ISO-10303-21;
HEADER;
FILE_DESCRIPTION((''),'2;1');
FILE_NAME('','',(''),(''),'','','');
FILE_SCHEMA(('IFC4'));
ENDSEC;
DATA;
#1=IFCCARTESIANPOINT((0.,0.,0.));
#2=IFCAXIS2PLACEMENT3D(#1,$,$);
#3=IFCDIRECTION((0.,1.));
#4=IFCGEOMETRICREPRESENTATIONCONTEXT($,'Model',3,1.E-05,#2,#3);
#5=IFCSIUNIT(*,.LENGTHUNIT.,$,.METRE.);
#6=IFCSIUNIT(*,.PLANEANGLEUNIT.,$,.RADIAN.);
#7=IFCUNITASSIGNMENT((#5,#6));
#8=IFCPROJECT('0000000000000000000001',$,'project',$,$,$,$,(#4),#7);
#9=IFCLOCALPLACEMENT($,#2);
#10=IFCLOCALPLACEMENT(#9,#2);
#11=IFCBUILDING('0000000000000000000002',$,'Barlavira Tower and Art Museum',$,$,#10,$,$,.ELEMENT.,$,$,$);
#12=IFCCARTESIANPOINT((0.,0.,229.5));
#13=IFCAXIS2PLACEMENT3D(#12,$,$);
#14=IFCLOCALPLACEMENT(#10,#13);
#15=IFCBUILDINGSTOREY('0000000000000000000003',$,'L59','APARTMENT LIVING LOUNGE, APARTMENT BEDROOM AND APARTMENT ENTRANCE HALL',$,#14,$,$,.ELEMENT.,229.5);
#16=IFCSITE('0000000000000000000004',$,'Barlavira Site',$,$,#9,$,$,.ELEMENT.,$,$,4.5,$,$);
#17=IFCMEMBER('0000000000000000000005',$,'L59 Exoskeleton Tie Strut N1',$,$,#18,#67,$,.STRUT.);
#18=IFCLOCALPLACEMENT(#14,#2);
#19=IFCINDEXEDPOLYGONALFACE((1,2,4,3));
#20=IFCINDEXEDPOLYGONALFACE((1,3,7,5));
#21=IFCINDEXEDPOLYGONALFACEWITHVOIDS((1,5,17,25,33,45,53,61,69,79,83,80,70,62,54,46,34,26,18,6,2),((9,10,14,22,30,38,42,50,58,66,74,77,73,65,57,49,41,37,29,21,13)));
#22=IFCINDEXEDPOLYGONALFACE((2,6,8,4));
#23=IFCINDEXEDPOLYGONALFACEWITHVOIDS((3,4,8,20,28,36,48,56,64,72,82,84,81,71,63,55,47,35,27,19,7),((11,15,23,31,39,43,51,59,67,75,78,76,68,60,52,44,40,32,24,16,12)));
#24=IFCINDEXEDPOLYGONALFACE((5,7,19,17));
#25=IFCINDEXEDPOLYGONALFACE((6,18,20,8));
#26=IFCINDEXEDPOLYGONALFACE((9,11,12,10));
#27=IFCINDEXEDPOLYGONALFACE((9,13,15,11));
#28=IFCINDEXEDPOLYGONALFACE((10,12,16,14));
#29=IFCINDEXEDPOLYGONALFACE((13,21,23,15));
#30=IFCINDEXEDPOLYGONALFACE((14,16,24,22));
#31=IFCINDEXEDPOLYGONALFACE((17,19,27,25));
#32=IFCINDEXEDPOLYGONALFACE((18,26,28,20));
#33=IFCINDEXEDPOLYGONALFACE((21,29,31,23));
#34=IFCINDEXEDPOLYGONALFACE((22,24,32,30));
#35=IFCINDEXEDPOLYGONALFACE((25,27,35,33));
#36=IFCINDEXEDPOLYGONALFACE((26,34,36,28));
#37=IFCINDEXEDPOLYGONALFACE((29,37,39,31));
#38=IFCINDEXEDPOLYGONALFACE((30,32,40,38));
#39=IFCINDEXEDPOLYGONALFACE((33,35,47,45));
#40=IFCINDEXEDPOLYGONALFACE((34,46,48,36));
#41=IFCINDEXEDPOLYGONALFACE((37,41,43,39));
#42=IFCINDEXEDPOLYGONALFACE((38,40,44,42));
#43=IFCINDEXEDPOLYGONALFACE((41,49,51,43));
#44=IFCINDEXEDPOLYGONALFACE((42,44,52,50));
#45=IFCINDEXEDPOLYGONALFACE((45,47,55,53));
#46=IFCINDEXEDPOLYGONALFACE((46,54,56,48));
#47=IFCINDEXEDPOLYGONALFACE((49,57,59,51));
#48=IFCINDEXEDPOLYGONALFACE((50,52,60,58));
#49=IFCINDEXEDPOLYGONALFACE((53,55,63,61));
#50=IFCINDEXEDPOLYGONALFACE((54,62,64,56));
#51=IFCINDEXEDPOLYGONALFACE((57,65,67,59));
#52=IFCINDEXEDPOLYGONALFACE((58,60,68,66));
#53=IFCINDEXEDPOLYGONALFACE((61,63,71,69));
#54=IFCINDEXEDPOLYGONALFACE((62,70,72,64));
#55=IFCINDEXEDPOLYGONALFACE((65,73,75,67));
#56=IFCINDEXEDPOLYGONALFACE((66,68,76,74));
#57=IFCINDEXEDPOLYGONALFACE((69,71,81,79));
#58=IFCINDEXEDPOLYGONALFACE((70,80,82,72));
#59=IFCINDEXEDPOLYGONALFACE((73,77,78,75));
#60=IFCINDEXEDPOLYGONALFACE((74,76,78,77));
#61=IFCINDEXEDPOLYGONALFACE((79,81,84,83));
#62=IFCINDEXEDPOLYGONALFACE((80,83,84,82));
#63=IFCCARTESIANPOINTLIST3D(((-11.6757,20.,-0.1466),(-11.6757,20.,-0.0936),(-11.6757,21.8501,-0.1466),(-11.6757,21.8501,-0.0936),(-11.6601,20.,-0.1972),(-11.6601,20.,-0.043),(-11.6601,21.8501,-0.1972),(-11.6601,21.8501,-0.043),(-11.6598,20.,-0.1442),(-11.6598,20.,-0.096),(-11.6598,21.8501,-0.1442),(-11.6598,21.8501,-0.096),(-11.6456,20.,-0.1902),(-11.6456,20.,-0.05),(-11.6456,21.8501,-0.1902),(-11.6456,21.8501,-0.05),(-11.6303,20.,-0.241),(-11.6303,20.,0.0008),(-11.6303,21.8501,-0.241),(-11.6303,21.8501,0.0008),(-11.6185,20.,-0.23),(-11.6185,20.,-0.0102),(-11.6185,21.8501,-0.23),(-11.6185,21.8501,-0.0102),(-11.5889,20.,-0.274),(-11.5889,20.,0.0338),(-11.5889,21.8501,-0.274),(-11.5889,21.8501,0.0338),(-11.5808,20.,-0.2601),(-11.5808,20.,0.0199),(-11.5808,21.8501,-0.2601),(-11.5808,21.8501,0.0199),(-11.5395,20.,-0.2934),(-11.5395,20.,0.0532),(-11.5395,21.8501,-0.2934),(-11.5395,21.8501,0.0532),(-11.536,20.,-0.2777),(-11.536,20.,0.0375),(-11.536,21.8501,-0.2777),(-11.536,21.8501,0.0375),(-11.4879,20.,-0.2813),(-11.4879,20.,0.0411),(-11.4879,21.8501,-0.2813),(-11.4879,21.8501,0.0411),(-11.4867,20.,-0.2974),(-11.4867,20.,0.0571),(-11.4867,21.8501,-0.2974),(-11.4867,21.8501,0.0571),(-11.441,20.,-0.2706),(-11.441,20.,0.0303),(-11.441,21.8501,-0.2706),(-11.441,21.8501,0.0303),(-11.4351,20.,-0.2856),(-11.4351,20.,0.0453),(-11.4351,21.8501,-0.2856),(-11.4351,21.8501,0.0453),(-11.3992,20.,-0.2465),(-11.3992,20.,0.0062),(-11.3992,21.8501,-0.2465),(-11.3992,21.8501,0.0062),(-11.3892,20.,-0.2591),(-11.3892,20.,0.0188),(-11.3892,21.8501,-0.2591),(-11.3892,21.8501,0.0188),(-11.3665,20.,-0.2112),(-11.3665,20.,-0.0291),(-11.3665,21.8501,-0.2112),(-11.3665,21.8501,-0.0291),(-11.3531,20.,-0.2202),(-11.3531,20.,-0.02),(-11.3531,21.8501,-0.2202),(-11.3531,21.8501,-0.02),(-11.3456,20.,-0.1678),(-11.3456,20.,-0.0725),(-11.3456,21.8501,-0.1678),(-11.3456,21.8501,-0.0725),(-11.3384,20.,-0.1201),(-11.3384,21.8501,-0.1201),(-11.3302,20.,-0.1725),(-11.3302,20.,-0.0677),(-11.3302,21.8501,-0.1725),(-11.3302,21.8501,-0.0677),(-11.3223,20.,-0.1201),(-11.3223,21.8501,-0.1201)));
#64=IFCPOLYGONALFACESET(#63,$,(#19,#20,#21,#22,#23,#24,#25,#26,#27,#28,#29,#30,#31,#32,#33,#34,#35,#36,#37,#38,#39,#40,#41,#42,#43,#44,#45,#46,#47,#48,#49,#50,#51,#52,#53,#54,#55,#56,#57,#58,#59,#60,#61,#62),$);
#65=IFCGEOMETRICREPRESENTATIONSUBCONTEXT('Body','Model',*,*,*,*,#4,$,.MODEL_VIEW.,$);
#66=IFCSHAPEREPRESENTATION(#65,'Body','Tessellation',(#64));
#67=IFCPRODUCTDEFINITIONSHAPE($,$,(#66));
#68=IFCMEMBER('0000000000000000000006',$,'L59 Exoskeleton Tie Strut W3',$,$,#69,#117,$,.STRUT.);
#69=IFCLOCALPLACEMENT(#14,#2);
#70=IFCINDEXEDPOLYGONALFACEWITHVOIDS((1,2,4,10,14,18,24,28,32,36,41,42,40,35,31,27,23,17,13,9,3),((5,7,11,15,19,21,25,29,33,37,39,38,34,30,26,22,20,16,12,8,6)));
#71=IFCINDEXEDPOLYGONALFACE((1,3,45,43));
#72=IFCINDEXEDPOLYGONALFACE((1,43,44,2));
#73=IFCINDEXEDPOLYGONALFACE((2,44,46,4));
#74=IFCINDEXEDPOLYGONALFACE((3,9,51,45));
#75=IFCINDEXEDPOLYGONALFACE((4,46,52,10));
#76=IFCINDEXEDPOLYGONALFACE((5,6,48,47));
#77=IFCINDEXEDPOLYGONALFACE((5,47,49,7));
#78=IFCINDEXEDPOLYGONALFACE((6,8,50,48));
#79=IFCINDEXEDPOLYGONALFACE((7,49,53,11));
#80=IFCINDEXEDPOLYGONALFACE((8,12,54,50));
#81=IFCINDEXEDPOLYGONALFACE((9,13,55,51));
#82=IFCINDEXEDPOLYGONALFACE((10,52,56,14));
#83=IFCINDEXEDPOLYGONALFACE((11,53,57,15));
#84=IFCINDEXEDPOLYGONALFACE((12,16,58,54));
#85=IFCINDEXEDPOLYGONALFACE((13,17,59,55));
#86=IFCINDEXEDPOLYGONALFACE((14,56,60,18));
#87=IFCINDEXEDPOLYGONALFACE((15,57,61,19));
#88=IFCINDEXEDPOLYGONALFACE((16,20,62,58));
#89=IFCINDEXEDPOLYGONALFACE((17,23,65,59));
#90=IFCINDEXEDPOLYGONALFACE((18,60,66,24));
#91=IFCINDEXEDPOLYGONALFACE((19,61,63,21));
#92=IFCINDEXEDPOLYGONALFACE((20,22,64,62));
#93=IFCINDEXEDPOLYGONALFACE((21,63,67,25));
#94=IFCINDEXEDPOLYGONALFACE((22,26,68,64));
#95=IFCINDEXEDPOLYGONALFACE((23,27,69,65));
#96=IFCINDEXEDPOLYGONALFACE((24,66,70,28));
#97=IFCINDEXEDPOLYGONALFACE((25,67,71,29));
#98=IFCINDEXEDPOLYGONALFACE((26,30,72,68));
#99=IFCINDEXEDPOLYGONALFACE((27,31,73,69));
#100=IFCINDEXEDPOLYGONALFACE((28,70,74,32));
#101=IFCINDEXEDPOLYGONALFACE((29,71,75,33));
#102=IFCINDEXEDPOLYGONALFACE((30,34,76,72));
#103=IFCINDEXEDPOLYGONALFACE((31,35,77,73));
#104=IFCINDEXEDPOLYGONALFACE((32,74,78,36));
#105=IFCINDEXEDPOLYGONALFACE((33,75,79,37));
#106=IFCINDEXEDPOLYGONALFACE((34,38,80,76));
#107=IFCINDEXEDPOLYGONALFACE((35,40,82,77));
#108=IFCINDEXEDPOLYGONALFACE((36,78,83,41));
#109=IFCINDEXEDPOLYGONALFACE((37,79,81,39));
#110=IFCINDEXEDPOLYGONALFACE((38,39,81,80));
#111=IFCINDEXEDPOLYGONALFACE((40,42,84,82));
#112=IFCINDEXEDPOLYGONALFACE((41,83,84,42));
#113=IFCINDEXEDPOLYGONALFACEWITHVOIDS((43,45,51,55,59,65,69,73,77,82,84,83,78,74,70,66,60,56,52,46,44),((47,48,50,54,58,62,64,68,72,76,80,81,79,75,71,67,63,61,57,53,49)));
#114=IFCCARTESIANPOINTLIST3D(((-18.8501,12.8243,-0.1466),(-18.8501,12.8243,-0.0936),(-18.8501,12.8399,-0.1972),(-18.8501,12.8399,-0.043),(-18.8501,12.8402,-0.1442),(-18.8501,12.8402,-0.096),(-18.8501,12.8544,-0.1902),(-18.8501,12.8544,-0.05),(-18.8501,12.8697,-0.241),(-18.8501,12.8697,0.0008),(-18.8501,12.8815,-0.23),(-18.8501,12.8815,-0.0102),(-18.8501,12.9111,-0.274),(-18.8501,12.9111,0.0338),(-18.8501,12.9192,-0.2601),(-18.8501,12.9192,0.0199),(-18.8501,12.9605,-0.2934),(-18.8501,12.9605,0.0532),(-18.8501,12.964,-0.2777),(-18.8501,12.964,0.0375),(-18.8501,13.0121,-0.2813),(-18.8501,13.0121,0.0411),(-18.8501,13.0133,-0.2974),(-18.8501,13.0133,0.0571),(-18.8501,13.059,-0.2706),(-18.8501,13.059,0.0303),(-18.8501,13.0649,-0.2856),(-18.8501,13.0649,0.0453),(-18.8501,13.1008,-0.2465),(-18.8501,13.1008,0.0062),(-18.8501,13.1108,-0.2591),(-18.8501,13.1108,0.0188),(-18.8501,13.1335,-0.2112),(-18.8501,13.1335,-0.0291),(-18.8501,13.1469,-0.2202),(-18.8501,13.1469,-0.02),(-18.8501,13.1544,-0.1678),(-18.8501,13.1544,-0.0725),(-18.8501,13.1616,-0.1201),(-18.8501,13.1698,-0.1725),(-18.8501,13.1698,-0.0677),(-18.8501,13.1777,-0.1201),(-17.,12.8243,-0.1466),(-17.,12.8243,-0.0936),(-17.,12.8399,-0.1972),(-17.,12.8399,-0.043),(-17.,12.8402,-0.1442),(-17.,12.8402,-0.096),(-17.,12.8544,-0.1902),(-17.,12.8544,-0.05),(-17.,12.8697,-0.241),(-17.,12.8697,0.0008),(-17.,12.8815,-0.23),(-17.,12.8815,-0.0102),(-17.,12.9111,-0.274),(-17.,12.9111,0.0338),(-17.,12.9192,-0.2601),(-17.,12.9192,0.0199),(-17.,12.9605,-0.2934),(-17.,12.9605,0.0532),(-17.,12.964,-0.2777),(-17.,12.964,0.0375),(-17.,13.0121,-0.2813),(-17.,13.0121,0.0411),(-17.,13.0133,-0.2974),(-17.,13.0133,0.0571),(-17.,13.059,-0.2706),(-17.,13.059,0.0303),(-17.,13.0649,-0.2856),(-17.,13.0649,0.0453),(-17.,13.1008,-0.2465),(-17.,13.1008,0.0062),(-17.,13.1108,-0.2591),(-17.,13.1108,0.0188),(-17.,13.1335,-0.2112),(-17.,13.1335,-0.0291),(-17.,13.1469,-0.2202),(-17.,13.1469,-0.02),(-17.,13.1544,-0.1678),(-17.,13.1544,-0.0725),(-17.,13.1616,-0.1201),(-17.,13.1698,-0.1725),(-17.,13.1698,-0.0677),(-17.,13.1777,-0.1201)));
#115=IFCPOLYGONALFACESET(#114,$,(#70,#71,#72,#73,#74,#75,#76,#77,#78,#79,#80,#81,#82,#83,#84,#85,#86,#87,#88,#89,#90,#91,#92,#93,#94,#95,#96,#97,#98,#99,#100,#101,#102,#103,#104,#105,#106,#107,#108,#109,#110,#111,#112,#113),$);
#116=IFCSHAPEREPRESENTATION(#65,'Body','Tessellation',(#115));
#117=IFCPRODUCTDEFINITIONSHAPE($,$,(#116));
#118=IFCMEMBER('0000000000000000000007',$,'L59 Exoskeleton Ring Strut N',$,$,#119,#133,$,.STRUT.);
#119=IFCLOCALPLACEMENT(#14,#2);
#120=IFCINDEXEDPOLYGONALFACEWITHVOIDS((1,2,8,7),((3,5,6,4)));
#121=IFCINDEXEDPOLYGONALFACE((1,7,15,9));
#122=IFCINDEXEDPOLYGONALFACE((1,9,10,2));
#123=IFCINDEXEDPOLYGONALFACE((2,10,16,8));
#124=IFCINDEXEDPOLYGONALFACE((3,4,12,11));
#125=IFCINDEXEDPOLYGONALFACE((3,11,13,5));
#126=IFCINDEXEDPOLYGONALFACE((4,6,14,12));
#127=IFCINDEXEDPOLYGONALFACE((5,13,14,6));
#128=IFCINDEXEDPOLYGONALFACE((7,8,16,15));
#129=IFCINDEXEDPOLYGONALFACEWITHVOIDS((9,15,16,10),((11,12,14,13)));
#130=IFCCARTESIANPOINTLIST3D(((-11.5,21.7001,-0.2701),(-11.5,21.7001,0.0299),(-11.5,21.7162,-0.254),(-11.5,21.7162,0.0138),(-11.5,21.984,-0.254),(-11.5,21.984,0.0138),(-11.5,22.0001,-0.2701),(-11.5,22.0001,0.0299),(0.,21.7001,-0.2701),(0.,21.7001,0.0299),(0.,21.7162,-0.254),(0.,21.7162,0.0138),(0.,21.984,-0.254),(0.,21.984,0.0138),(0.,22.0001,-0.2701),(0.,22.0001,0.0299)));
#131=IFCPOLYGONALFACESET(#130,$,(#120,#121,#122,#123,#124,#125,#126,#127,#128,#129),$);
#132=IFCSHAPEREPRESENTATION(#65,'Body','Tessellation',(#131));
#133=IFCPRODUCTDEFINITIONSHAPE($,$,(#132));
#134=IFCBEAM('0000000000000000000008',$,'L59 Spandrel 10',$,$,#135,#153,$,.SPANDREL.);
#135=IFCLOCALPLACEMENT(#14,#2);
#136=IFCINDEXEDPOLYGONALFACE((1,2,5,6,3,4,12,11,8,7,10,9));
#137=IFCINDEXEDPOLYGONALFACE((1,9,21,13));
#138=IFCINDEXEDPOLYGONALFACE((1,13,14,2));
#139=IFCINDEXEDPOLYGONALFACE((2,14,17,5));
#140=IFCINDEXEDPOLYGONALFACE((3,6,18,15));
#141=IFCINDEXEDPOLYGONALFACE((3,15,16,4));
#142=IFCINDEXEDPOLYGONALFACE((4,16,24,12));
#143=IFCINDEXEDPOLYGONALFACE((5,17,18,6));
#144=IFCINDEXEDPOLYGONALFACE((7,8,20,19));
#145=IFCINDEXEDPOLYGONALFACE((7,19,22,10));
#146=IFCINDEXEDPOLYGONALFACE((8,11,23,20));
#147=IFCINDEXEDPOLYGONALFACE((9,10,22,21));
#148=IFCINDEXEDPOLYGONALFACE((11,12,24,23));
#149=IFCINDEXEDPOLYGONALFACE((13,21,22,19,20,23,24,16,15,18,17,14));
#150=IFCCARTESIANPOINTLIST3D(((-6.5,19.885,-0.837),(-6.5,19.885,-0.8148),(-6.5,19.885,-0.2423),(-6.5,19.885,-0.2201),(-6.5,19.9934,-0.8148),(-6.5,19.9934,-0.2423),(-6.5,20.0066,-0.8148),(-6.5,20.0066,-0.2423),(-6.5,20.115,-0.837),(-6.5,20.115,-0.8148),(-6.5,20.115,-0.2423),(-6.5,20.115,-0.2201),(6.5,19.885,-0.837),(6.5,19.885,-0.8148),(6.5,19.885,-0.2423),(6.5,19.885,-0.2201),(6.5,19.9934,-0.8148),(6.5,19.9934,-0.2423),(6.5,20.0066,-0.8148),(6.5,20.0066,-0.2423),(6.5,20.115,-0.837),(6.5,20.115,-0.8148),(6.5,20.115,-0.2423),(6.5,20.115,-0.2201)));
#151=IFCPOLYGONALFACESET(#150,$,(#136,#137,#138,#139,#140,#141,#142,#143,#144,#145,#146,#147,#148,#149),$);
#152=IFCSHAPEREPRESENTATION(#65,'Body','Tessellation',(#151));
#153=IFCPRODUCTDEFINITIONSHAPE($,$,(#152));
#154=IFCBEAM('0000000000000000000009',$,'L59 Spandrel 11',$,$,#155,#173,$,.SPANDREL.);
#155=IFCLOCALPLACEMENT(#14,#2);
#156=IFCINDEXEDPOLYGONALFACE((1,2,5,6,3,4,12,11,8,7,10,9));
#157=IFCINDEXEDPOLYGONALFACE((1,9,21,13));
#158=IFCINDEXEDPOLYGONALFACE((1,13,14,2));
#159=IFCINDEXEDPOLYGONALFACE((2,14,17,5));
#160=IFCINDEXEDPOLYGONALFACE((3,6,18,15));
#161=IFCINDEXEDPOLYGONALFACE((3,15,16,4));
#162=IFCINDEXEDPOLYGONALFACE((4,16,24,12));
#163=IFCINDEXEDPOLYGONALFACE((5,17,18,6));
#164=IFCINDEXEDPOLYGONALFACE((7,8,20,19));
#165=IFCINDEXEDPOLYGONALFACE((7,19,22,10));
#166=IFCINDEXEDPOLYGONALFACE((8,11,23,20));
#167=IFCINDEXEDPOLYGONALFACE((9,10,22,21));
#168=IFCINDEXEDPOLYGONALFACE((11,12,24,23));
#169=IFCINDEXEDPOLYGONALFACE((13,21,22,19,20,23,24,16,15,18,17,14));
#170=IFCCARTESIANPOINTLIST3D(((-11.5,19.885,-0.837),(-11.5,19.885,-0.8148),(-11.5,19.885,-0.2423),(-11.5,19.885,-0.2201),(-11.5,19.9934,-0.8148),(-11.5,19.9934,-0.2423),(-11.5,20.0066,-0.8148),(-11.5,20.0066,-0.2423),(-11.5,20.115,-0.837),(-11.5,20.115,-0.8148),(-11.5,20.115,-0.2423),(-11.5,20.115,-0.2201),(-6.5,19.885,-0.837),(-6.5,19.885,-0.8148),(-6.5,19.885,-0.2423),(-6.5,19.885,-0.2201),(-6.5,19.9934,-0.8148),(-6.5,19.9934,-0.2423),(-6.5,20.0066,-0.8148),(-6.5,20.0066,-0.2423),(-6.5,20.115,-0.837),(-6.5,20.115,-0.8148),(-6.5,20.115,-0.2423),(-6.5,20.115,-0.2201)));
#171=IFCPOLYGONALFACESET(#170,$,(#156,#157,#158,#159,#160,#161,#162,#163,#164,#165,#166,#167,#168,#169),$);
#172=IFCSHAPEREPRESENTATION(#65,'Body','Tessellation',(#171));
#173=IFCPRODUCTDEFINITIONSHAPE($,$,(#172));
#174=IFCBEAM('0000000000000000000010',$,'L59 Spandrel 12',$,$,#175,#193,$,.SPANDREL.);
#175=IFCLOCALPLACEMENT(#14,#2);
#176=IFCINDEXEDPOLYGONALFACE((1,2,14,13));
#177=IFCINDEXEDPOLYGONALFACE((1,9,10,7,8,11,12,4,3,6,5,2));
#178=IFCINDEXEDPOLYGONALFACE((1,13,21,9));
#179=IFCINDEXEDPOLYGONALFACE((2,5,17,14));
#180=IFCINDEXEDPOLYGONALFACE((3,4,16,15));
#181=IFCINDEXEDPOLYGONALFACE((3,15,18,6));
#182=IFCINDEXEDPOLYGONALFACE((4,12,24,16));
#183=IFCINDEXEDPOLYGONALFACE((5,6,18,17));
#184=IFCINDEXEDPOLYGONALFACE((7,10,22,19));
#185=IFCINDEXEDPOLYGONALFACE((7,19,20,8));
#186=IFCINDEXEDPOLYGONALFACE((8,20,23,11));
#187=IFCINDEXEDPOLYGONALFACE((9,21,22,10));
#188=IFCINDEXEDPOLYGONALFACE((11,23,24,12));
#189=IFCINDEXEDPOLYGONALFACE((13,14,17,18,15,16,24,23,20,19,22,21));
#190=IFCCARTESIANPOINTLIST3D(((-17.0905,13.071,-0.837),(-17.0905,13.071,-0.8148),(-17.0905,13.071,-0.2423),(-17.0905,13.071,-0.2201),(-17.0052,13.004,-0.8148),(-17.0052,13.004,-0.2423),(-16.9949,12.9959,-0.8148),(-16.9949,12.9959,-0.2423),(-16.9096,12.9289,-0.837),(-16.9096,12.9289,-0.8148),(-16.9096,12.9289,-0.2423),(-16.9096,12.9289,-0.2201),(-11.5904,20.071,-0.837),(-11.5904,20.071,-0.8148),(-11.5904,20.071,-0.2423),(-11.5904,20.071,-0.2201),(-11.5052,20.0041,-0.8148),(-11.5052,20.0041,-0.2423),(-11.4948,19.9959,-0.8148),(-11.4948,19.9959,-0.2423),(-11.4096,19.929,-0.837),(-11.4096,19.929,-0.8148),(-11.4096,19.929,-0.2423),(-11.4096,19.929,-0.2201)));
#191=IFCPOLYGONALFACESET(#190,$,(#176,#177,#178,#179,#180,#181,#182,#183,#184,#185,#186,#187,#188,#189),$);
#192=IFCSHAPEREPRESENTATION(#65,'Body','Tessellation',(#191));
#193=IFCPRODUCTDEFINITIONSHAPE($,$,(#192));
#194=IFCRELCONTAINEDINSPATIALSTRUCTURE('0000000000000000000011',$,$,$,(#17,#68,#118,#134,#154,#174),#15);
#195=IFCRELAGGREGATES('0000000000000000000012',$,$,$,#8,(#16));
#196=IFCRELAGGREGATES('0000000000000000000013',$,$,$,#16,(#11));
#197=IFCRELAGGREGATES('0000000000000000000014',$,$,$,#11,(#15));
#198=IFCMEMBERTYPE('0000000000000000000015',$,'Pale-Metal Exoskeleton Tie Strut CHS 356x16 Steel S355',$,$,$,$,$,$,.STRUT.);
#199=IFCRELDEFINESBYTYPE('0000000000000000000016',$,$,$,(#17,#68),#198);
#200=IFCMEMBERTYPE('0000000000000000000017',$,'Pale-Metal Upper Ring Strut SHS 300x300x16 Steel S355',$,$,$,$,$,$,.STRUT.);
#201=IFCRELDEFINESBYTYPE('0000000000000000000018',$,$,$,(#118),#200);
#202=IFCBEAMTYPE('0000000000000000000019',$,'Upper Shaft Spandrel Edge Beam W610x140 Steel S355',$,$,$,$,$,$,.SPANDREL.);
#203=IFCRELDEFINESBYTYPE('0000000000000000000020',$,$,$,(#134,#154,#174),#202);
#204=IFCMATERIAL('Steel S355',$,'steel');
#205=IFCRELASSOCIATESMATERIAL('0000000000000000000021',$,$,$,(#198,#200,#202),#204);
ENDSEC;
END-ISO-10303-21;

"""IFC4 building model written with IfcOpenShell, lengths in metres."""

from ifc_helpers import new_model, si_unit, direction, frame, origin, origin_2d, place, context, subcontext, project, spatial, hollow_rectangle, hollow_circle, i_section, extrude, material, material_profile, profile_set, type_object, element, save


model = new_model("IFC4")

# Units and contexts
model_context = context("Model", 3, precision=1e-05, world=origin(), true_north=direction((0.0, 1.0)))
body_context = subcontext(model_context, "Body", "Model", "MODEL_VIEW")
ifc_project = project(units=[si_unit("LENGTHUNIT", "METRE"), si_unit("PLANEANGLEUNIT", "RADIAN")], contexts=[model_context])

# Site, building, storey
site_placement = place(None, origin())
site = spatial("IfcSite", under=ifc_project, at=site_placement, Name="Barlavira Site", CompositionType="ELEMENT", RefElevation=4.5)
building_placement = place(site_placement, origin())
building = spatial("IfcBuilding", under=site, at=building_placement, Name="Barlavira Tower and Art Museum", CompositionType="ELEMENT")
storey_placement = place(building_placement, frame((0.0, 0.0, 229.5)))
storey = spatial("IfcBuildingStorey", under=building, at=storey_placement, Name="L59", Description="APARTMENT LIVING LOUNGE, APARTMENT BEDROOM AND APARTMENT ENTRANCE HALL", CompositionType="ELEMENT", Elevation=229.5)

# Members
ifc_material_1 = material(Name="Steel S355", Category="steel")
ifc_material_profile_1 = material_profile(ifc_material_1, hollow_circle(Radius=0.1777, WallThickness=0.0161, at=origin_2d()), Name="CHS 355.6x16.0")
ifc_profile_set_1 = profile_set([ifc_material_profile_1], Name="Steel S355")
member_type_1 = type_object("IfcMemberType", Name="Pale-Metal Exoskeleton Tie Strut CHS 356x16 Steel S355", PredefinedType="STRUT", material=ifc_profile_set_1)
for number, where, z_axis, x_axis, name in (
    (1, (-11.5, 21.8501, -0.1201), (0.0, -1.0, 0.0), (1.0, 0.0, 0.0), "L59 Exoskeleton Tie Strut N1"),
    (2, (-18.8501, 13.0, -0.1201), (1.0, 0.0, 0.0), (0.0, 1.0, 0.0), "L59 Exoskeleton Tie Strut W3"),
):
    element("IfcMember", number, at=place(storey_placement, frame(where, z_axis=z_axis, x_axis=x_axis)), inside=storey, type_object=member_type_1, Name=name, PredefinedType="STRUT", context=body_context, shape_type="SweptSolid", body=[
        extrude(hollow_circle(Radius=0.1777, WallThickness=0.0161, at=origin_2d()), origin(), (0.0, 0.0, 1.0), 1.8501),
    ])
ifc_material_profile_2 = material_profile(ifc_material_1, hollow_rectangle(XDim=0.3, YDim=0.3, WallThickness=0.0161, at=origin_2d()), Name="SHS 300x300x16.0")
ifc_profile_set_2 = profile_set([ifc_material_profile_2], Name="Steel S355")
member_type_2 = type_object("IfcMemberType", Name="Pale-Metal Upper Ring Strut SHS 300x300x16 Steel S355", PredefinedType="STRUT", material=ifc_profile_set_2)
member_1_placement = place(storey_placement, frame((-11.5, 21.8501, -0.1201), z_axis=(1.0, 0.0, 0.0), x_axis=(0.0, 1.0, 0.0)))
element("IfcMember", 3, at=member_1_placement, inside=storey, type_object=member_type_2, Name="L59 Exoskeleton Ring Strut N", PredefinedType="STRUT", context=body_context, shape_type="SweptSolid", body=[
    extrude(hollow_rectangle(XDim=0.3, YDim=0.3, WallThickness=0.0161, at=origin_2d()), origin(), (0.0, 0.0, 1.0), 11.5),
])

# Beams
ifc_material_profile_3 = material_profile(ifc_material_1, i_section(OverallWidth=0.23, OverallDepth=0.6169, WebThickness=0.0132, FlangeThickness=0.0222, at=origin_2d()), Name="W610x140.0")
ifc_profile_set_3 = profile_set([ifc_material_profile_3], Name="Steel S355")
beam_type_1 = type_object("IfcBeamType", Name="Upper Shaft Spandrel Edge Beam W610x140 Steel S355", PredefinedType="SPANDREL", material=ifc_profile_set_3)
beam_1_placement = place(storey_placement, frame((-6.5, 20.0, -0.5286), z_axis=(1.0, 0.0, 0.0), x_axis=(0.0, 1.0, 0.0)))
element("IfcBeam", 4, at=beam_1_placement, inside=storey, type_object=beam_type_1, Name="L59 Spandrel 10", PredefinedType="SPANDREL", context=body_context, shape_type="SweptSolid", body=[
    extrude(i_section(OverallWidth=0.23, OverallDepth=0.6169, WebThickness=0.0132, FlangeThickness=0.0222, at=origin_2d()), origin(), (0.0, 0.0, 1.0), 13.0),
])
beam_2_placement = place(storey_placement, frame((-11.5, 20.0, -0.5286), z_axis=(1.0, 0.0, 0.0), x_axis=(0.0, 1.0, 0.0)))
element("IfcBeam", 5, at=beam_2_placement, inside=storey, type_object=beam_type_1, Name="L59 Spandrel 11", PredefinedType="SPANDREL", context=body_context, shape_type="SweptSolid", body=[
    extrude(i_section(OverallWidth=0.23, OverallDepth=0.6169, WebThickness=0.0132, FlangeThickness=0.0222, at=origin_2d()), origin(), (0.0, 0.0, 1.0), 5.0),
])
beam_3_placement = place(storey_placement, frame((-11.5, 20.0, -0.5286), z_axis=(-0.617822, -0.786318, 0.0), x_axis=(0.786318, -0.617822, 0.0)))
element("IfcBeam", 6, at=beam_3_placement, inside=storey, type_object=beam_type_1, Name="L59 Spandrel 12", PredefinedType="SPANDREL", context=body_context, shape_type="SweptSolid", body=[
    extrude(i_section(OverallWidth=0.23, OverallDepth=0.6169, WebThickness=0.0132, FlangeThickness=0.0222, at=origin_2d()), origin(), (0.0, 0.0, 1.0), 8.9023),
])

save(model, "model.ifc")
